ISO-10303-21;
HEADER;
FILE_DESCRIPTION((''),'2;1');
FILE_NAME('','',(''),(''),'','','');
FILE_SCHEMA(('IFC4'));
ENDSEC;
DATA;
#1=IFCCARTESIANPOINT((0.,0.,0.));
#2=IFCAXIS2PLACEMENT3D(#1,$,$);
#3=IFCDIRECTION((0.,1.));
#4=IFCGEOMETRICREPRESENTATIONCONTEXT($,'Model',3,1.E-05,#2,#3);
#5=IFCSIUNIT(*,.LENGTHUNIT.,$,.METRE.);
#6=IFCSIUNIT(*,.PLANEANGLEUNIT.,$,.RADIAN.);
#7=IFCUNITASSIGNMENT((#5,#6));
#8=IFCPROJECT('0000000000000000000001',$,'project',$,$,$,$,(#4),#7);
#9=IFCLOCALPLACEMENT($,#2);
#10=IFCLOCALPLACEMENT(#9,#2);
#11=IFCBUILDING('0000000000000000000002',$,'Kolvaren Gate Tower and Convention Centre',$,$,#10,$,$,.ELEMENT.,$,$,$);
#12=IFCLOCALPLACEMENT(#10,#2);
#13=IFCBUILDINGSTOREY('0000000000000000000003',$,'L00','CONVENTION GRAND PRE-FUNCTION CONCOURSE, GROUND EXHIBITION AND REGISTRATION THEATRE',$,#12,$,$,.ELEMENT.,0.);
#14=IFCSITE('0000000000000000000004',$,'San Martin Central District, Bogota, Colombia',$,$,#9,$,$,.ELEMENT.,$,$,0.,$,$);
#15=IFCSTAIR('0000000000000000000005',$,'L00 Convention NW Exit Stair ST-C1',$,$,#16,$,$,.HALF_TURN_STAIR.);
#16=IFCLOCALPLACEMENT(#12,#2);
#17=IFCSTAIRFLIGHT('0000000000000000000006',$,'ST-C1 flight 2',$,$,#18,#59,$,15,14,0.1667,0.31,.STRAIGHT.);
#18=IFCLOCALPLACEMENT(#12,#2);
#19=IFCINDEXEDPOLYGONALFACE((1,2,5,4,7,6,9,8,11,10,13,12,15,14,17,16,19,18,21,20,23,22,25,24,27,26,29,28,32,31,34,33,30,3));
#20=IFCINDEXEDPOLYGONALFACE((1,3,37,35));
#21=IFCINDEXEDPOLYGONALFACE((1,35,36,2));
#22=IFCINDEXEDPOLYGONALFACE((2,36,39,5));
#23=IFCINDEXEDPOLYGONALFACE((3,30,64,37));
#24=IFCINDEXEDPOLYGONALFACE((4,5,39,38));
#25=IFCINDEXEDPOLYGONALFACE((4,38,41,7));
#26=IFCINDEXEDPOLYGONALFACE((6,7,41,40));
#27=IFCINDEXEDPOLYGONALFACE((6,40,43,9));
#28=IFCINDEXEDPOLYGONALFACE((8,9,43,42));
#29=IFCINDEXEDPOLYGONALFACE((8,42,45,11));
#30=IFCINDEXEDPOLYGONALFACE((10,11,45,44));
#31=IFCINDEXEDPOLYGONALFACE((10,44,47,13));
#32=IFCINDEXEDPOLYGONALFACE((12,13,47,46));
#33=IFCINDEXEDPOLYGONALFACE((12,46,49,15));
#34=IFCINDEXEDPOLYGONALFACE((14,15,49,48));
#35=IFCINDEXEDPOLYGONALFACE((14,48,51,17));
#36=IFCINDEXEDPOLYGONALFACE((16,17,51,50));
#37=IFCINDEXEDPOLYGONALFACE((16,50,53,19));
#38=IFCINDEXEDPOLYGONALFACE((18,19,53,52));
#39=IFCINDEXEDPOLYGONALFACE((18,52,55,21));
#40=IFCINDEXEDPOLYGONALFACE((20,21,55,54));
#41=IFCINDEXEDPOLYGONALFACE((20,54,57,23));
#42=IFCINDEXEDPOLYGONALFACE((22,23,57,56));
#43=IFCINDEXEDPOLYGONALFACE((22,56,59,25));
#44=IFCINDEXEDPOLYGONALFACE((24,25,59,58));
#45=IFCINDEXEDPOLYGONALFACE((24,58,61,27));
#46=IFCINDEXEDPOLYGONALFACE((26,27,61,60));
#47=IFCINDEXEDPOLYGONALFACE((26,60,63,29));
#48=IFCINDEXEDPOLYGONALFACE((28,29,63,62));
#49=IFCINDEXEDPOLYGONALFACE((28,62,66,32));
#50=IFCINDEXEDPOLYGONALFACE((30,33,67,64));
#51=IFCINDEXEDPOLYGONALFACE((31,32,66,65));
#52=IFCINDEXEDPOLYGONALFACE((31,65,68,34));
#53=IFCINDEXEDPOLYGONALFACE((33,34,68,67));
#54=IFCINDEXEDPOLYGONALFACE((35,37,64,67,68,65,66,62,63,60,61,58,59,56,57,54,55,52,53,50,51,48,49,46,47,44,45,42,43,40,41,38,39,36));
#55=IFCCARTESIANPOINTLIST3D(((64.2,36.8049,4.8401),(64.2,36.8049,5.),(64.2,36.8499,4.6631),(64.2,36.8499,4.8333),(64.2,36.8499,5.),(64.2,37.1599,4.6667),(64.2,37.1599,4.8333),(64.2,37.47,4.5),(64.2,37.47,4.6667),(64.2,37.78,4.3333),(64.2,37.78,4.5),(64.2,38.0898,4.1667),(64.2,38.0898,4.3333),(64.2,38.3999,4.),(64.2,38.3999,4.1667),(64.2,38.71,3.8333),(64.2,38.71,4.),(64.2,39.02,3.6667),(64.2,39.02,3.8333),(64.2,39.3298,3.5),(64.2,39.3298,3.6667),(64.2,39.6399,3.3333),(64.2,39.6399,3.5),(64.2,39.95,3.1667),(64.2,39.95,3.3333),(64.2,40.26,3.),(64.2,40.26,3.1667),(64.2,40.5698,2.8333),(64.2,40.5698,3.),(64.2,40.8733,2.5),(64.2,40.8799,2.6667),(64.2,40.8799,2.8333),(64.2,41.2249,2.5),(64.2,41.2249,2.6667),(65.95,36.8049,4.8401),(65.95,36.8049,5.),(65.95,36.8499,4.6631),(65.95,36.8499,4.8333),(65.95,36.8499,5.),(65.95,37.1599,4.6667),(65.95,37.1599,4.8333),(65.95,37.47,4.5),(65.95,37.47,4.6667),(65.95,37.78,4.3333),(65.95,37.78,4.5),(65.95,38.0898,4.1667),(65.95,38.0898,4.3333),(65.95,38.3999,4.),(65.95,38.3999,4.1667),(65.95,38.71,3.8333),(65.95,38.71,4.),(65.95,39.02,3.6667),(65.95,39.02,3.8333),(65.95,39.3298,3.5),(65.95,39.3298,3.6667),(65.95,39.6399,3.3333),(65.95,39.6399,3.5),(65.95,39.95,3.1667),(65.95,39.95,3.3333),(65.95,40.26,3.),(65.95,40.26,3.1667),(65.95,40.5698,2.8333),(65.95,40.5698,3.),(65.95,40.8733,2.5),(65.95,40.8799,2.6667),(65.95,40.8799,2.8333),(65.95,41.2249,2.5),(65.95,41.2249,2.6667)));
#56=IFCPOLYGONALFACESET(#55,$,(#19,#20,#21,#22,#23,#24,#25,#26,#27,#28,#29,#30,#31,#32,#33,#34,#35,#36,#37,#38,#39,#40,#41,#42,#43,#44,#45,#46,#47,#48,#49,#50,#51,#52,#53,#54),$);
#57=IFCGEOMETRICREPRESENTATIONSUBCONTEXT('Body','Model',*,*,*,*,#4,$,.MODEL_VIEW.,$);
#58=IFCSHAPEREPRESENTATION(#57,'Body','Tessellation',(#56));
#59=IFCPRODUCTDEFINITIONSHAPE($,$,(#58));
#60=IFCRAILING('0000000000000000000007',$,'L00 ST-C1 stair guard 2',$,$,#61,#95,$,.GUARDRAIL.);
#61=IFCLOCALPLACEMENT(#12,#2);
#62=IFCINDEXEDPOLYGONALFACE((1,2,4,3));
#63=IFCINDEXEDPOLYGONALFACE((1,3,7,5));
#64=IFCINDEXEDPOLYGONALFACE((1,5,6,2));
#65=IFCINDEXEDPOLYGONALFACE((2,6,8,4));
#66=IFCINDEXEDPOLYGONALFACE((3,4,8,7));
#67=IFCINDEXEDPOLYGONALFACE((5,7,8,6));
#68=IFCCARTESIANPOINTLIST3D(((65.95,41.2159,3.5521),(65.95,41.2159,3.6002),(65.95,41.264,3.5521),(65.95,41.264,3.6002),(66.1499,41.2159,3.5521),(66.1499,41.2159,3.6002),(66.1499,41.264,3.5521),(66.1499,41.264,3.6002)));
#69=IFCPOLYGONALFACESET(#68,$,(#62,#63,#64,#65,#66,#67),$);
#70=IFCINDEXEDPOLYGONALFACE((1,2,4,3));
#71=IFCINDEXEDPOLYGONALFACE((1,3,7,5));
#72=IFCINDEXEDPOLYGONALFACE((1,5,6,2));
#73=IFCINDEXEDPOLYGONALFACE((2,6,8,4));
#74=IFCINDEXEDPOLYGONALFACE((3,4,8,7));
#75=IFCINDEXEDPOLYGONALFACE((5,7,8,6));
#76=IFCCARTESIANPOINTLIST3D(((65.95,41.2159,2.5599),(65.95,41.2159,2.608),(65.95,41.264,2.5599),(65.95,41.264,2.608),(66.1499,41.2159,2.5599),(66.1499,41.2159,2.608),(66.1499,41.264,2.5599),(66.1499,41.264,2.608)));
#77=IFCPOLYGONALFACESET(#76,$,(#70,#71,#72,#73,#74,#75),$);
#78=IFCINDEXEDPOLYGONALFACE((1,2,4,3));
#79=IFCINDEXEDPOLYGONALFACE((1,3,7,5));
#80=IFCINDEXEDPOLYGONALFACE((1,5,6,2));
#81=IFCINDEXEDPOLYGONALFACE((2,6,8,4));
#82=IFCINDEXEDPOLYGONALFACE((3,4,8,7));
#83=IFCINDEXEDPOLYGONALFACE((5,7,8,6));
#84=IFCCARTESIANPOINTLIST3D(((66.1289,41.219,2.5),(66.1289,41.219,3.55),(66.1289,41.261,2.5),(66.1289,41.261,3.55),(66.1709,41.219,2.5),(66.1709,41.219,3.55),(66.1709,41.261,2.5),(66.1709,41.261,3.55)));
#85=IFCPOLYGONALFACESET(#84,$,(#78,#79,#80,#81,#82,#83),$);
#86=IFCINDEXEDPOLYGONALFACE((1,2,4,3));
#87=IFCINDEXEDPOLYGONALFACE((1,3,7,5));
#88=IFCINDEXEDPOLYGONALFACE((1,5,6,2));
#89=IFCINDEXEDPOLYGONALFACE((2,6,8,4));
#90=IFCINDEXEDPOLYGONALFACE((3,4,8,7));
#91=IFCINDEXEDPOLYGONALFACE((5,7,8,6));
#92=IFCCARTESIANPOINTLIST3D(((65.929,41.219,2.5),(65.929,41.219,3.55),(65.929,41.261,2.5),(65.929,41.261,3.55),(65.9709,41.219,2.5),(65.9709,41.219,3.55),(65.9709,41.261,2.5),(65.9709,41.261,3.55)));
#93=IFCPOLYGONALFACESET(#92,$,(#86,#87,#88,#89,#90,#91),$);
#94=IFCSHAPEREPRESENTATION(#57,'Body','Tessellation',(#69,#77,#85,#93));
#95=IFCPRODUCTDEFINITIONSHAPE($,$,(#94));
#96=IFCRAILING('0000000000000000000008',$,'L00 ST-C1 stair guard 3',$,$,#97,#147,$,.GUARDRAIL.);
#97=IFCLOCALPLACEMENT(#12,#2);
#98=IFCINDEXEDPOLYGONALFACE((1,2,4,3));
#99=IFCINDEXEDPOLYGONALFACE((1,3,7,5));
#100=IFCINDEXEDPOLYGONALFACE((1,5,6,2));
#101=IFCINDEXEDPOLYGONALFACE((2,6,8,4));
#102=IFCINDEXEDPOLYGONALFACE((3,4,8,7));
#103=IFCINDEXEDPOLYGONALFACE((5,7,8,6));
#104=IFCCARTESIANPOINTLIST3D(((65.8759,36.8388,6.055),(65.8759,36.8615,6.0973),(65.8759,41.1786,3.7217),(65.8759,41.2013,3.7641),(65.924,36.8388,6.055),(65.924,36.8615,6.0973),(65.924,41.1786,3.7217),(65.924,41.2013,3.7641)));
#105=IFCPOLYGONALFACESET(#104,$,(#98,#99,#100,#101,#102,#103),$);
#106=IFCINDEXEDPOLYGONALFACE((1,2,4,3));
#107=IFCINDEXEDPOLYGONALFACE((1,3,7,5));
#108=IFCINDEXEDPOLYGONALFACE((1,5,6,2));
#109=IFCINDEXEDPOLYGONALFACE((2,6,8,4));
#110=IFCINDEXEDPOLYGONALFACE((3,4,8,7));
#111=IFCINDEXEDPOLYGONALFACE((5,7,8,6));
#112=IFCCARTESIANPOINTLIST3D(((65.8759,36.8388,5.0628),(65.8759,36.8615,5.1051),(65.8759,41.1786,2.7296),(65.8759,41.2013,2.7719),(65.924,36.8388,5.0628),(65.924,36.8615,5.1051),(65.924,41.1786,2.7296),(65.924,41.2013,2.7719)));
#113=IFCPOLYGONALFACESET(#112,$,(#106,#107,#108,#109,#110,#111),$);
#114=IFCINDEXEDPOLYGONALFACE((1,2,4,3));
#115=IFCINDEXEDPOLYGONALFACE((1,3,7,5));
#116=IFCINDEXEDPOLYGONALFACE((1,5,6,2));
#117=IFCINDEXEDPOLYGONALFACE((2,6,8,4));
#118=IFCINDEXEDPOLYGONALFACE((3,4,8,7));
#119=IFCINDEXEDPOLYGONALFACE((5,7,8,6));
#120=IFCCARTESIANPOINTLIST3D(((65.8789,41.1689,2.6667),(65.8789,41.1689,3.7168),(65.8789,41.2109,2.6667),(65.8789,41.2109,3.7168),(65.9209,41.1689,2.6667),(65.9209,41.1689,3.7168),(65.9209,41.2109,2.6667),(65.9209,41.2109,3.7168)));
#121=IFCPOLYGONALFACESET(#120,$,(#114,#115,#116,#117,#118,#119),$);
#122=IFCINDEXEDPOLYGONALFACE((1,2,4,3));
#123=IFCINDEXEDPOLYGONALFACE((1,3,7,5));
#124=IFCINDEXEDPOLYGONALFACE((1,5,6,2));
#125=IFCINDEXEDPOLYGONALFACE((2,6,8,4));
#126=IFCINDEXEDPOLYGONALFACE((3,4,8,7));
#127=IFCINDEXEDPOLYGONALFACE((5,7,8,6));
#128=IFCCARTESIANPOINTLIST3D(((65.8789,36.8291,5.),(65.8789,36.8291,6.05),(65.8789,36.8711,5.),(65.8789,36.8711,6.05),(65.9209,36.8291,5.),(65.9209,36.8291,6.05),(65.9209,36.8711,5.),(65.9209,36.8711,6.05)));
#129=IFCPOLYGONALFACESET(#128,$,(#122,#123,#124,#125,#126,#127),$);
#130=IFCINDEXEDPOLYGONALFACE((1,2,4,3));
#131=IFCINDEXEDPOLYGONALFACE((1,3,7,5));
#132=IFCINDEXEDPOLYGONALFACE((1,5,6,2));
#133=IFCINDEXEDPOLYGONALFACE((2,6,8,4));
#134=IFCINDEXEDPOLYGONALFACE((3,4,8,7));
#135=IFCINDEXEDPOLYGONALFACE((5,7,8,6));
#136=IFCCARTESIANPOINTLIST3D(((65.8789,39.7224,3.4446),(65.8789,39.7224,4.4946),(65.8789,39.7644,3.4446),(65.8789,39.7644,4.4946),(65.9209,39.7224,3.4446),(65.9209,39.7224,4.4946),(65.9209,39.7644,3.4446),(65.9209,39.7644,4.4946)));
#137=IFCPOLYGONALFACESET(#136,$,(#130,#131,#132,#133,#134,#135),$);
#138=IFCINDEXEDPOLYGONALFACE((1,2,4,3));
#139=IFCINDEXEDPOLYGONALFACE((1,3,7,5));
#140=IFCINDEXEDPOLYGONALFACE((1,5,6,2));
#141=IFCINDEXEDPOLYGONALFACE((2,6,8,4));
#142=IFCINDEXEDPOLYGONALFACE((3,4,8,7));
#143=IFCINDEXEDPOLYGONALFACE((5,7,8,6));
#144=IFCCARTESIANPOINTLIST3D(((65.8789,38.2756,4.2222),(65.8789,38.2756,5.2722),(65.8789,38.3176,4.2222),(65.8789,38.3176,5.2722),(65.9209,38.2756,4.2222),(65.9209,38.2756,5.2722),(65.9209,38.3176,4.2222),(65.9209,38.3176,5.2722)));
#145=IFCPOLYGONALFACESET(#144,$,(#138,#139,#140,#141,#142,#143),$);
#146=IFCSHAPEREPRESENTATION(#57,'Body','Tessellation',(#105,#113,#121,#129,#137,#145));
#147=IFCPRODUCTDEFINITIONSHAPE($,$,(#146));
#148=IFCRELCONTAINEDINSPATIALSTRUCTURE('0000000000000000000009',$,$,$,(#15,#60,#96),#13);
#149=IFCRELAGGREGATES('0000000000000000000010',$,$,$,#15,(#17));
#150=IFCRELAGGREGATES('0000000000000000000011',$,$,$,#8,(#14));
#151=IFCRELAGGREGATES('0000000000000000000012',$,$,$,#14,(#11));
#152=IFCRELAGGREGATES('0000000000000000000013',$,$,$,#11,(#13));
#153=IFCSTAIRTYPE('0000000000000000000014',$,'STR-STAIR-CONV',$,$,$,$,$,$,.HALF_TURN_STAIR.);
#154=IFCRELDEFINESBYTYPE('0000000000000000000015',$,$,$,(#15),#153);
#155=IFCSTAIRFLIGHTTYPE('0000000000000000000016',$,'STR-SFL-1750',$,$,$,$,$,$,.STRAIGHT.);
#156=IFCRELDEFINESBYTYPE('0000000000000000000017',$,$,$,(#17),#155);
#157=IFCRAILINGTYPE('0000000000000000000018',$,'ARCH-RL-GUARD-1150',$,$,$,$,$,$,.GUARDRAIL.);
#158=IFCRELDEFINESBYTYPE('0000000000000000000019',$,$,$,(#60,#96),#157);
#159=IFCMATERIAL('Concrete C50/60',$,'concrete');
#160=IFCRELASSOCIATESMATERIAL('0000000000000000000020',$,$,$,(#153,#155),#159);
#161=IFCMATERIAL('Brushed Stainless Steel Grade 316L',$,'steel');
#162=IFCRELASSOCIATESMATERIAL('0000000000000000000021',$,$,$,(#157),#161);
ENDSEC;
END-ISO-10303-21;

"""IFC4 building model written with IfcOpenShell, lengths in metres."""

from ifc_helpers import new_model, si_unit, direction, frame, origin, origin_2d, place, context, subcontext, project, spatial, polyline, rectangle, outline, extrude, material, type_object, element, aggregate, save


model = new_model("IFC4")

# Units and contexts
model_context = context("Model", 3, precision=1e-05, world=origin(), true_north=direction((0.0, 1.0)))
body_context = subcontext(model_context, "Body", "Model", "MODEL_VIEW")
ifc_project = project(units=[si_unit("LENGTHUNIT", "METRE"), si_unit("PLANEANGLEUNIT", "RADIAN")], contexts=[model_context])

# Site, building, storey
site_placement = place(None, origin())
site = spatial("IfcSite", under=ifc_project, at=site_placement, Name="San Martin Central District, Bogota, Colombia", CompositionType="ELEMENT", RefElevation=0.0)
building_placement = place(site_placement, origin())
building = spatial("IfcBuilding", under=site, at=building_placement, Name="Kolvaren Gate Tower and Convention Centre", CompositionType="ELEMENT")
storey_placement = place(building_placement, origin())
storey = spatial("IfcBuildingStorey", under=building, at=storey_placement, Name="L00", Description="CONVENTION GRAND PRE-FUNCTION CONCOURSE, GROUND EXHIBITION AND REGISTRATION THEATRE", CompositionType="ELEMENT", Elevation=0.0)

# Shared definitions
ifc_material_1 = material(Name="Brushed Stainless Steel Grade 316L", Category="steel")

# Stair, stair flight
ifc_material_2 = material(Name="Concrete C50/60", Category="concrete")
stair_type = type_object("IfcStairType", Name="STR-STAIR-CONV", PredefinedType="HALF_TURN_STAIR", material=ifc_material_2)
stair_placement = place(storey_placement, origin())
stair = element("IfcStair", 1, at=stair_placement, inside=storey, type_object=stair_type, Name="L00 Convention NW Exit Stair ST-C1", PredefinedType="HALF_TURN_STAIR")
stair_flight_type = type_object("IfcStairFlightType", Name="STR-SFL-1750", PredefinedType="STRAIGHT", material=ifc_material_2)
stair_flight_placement = place(storey_placement, frame((65.075, 41.1899, 2.5), z_axis=(0.0, 0.0, 1.0), x_axis=(0.0, -1.0, 0.0)))
stair_flight = element("IfcStairFlight", 2, at=stair_flight_placement, type_object=stair_flight_type, Name="ST-C1 flight 2", NumberOfRisers=15, NumberOfTreads=14, PredefinedType="STRAIGHT", RiserHeight=0.1667, TreadLength=0.31, context=body_context, shape_type="SweptSolid", body=[
    extrude(outline(polyline([(-0.0349, 0.0), (-0.0349, 0.1667), (0.3101, 0.1667), (0.3101, 0.3333), (0.6201, 0.3333), (0.6201, 0.5), (0.9299, 0.5), (0.9299, 0.6667), (1.24, 0.6667), (1.24, 0.8333), (1.55, 0.8333), (1.55, 1.0), (1.8601, 1.0), (1.8601, 1.1667), (2.1699, 1.1667), (2.1699, 1.3333), (2.48, 1.3333), (2.48, 1.5), (2.79, 1.5), (2.79, 1.6667), (3.1001, 1.6667), (3.1001, 1.8333), (3.4099, 1.8333), (3.4099, 2.0), (3.72, 2.0), (3.72, 2.1667), (4.03, 2.1667), (4.03, 2.3333), (4.3401, 2.3333), (4.3401, 2.5), (4.385, 2.5), (4.385, 2.3401), (4.3401, 2.1631), (0.3167, 0.0), (-0.0349, 0.0)])), frame((0.0, 0.875, 0.0), z_axis=(0.0, -1.0, 0.0), x_axis=(1.0, 0.0, 0.0)), (0.0, 0.0, 1.0), 1.75),
])
aggregate(stair, [stair_flight])

# Railings
railing_type = type_object("IfcRailingType", Name="ARCH-RL-GUARD-1150", PredefinedType="GUARDRAIL", material=ifc_material_1)
railing_1_placement = place(storey_placement, frame((66.1499, 41.24, 2.5)))
element("IfcRailing", 3, at=railing_1_placement, inside=storey, type_object=railing_type, Name="L00 ST-C1 stair guard 2", PredefinedType="GUARDRAIL", context=body_context, shape_type="SweptSolid", body=[
    extrude(rectangle(XDim=0.0481, YDim=0.0481, at=origin_2d()), frame((0.0, 0.0, 1.0762), z_axis=(-1.0, 0.0, 0.0), x_axis=(0.0, -1.0, 0.0)), (0.0, 0.0, 1.0), 0.2),
    extrude(rectangle(XDim=0.0481, YDim=0.0481, at=origin_2d()), frame((0.0, 0.0, 0.084), z_axis=(-1.0, 0.0, 0.0), x_axis=(0.0, -1.0, 0.0)), (0.0, 0.0, 1.0), 0.2),
    extrude(rectangle(XDim=0.042, YDim=0.042, at=origin_2d()), origin(), (0.0, 0.0, 1.0), 1.05),
    extrude(rectangle(XDim=0.042, YDim=0.042, at=origin_2d()), frame((-0.2, 0.0, 0.0)), (0.0, 0.0, 1.0), 1.05),
])
railing_2_placement = place(storey_placement, frame((65.8999, 41.1899, 2.6667)))
element("IfcRailing", 4, at=railing_2_placement, inside=storey, type_object=railing_type, Name="L00 ST-C1 stair guard 3", PredefinedType="GUARDRAIL", context=body_context, shape_type="SweptSolid", body=[
    extrude(rectangle(XDim=0.0481, YDim=0.0481, at=origin_2d()), frame((0.0, 0.0, 1.0762), z_axis=(0.0, -0.880775, 0.473535), x_axis=(1.0, 0.0, 0.0)), (0.0, 0.0, 1.0), 4.9272),
    extrude(rectangle(XDim=0.0481, YDim=0.0481, at=origin_2d()), frame((0.0, 0.0, 0.084), z_axis=(0.0, -0.880775, 0.473535), x_axis=(1.0, 0.0, 0.0)), (0.0, 0.0, 1.0), 4.9272),
    extrude(rectangle(XDim=0.042, YDim=0.042, at=origin_2d()), origin(), (0.0, 0.0, 1.0), 1.05),
    extrude(rectangle(XDim=0.042, YDim=0.042, at=origin_2d()), frame((0.0, -4.3398, 2.3333)), (0.0, 0.0, 1.0), 1.05),
    extrude(rectangle(XDim=0.042, YDim=0.042, at=origin_2d()), frame((0.0, -1.4465, 0.7778)), (0.0, 0.0, 1.0), 1.05),
    extrude(rectangle(XDim=0.042, YDim=0.042, at=origin_2d()), frame((0.0, -2.8933, 1.5554)), (0.0, 0.0, 1.0), 1.05),
])

save(model, "model.ifc")
